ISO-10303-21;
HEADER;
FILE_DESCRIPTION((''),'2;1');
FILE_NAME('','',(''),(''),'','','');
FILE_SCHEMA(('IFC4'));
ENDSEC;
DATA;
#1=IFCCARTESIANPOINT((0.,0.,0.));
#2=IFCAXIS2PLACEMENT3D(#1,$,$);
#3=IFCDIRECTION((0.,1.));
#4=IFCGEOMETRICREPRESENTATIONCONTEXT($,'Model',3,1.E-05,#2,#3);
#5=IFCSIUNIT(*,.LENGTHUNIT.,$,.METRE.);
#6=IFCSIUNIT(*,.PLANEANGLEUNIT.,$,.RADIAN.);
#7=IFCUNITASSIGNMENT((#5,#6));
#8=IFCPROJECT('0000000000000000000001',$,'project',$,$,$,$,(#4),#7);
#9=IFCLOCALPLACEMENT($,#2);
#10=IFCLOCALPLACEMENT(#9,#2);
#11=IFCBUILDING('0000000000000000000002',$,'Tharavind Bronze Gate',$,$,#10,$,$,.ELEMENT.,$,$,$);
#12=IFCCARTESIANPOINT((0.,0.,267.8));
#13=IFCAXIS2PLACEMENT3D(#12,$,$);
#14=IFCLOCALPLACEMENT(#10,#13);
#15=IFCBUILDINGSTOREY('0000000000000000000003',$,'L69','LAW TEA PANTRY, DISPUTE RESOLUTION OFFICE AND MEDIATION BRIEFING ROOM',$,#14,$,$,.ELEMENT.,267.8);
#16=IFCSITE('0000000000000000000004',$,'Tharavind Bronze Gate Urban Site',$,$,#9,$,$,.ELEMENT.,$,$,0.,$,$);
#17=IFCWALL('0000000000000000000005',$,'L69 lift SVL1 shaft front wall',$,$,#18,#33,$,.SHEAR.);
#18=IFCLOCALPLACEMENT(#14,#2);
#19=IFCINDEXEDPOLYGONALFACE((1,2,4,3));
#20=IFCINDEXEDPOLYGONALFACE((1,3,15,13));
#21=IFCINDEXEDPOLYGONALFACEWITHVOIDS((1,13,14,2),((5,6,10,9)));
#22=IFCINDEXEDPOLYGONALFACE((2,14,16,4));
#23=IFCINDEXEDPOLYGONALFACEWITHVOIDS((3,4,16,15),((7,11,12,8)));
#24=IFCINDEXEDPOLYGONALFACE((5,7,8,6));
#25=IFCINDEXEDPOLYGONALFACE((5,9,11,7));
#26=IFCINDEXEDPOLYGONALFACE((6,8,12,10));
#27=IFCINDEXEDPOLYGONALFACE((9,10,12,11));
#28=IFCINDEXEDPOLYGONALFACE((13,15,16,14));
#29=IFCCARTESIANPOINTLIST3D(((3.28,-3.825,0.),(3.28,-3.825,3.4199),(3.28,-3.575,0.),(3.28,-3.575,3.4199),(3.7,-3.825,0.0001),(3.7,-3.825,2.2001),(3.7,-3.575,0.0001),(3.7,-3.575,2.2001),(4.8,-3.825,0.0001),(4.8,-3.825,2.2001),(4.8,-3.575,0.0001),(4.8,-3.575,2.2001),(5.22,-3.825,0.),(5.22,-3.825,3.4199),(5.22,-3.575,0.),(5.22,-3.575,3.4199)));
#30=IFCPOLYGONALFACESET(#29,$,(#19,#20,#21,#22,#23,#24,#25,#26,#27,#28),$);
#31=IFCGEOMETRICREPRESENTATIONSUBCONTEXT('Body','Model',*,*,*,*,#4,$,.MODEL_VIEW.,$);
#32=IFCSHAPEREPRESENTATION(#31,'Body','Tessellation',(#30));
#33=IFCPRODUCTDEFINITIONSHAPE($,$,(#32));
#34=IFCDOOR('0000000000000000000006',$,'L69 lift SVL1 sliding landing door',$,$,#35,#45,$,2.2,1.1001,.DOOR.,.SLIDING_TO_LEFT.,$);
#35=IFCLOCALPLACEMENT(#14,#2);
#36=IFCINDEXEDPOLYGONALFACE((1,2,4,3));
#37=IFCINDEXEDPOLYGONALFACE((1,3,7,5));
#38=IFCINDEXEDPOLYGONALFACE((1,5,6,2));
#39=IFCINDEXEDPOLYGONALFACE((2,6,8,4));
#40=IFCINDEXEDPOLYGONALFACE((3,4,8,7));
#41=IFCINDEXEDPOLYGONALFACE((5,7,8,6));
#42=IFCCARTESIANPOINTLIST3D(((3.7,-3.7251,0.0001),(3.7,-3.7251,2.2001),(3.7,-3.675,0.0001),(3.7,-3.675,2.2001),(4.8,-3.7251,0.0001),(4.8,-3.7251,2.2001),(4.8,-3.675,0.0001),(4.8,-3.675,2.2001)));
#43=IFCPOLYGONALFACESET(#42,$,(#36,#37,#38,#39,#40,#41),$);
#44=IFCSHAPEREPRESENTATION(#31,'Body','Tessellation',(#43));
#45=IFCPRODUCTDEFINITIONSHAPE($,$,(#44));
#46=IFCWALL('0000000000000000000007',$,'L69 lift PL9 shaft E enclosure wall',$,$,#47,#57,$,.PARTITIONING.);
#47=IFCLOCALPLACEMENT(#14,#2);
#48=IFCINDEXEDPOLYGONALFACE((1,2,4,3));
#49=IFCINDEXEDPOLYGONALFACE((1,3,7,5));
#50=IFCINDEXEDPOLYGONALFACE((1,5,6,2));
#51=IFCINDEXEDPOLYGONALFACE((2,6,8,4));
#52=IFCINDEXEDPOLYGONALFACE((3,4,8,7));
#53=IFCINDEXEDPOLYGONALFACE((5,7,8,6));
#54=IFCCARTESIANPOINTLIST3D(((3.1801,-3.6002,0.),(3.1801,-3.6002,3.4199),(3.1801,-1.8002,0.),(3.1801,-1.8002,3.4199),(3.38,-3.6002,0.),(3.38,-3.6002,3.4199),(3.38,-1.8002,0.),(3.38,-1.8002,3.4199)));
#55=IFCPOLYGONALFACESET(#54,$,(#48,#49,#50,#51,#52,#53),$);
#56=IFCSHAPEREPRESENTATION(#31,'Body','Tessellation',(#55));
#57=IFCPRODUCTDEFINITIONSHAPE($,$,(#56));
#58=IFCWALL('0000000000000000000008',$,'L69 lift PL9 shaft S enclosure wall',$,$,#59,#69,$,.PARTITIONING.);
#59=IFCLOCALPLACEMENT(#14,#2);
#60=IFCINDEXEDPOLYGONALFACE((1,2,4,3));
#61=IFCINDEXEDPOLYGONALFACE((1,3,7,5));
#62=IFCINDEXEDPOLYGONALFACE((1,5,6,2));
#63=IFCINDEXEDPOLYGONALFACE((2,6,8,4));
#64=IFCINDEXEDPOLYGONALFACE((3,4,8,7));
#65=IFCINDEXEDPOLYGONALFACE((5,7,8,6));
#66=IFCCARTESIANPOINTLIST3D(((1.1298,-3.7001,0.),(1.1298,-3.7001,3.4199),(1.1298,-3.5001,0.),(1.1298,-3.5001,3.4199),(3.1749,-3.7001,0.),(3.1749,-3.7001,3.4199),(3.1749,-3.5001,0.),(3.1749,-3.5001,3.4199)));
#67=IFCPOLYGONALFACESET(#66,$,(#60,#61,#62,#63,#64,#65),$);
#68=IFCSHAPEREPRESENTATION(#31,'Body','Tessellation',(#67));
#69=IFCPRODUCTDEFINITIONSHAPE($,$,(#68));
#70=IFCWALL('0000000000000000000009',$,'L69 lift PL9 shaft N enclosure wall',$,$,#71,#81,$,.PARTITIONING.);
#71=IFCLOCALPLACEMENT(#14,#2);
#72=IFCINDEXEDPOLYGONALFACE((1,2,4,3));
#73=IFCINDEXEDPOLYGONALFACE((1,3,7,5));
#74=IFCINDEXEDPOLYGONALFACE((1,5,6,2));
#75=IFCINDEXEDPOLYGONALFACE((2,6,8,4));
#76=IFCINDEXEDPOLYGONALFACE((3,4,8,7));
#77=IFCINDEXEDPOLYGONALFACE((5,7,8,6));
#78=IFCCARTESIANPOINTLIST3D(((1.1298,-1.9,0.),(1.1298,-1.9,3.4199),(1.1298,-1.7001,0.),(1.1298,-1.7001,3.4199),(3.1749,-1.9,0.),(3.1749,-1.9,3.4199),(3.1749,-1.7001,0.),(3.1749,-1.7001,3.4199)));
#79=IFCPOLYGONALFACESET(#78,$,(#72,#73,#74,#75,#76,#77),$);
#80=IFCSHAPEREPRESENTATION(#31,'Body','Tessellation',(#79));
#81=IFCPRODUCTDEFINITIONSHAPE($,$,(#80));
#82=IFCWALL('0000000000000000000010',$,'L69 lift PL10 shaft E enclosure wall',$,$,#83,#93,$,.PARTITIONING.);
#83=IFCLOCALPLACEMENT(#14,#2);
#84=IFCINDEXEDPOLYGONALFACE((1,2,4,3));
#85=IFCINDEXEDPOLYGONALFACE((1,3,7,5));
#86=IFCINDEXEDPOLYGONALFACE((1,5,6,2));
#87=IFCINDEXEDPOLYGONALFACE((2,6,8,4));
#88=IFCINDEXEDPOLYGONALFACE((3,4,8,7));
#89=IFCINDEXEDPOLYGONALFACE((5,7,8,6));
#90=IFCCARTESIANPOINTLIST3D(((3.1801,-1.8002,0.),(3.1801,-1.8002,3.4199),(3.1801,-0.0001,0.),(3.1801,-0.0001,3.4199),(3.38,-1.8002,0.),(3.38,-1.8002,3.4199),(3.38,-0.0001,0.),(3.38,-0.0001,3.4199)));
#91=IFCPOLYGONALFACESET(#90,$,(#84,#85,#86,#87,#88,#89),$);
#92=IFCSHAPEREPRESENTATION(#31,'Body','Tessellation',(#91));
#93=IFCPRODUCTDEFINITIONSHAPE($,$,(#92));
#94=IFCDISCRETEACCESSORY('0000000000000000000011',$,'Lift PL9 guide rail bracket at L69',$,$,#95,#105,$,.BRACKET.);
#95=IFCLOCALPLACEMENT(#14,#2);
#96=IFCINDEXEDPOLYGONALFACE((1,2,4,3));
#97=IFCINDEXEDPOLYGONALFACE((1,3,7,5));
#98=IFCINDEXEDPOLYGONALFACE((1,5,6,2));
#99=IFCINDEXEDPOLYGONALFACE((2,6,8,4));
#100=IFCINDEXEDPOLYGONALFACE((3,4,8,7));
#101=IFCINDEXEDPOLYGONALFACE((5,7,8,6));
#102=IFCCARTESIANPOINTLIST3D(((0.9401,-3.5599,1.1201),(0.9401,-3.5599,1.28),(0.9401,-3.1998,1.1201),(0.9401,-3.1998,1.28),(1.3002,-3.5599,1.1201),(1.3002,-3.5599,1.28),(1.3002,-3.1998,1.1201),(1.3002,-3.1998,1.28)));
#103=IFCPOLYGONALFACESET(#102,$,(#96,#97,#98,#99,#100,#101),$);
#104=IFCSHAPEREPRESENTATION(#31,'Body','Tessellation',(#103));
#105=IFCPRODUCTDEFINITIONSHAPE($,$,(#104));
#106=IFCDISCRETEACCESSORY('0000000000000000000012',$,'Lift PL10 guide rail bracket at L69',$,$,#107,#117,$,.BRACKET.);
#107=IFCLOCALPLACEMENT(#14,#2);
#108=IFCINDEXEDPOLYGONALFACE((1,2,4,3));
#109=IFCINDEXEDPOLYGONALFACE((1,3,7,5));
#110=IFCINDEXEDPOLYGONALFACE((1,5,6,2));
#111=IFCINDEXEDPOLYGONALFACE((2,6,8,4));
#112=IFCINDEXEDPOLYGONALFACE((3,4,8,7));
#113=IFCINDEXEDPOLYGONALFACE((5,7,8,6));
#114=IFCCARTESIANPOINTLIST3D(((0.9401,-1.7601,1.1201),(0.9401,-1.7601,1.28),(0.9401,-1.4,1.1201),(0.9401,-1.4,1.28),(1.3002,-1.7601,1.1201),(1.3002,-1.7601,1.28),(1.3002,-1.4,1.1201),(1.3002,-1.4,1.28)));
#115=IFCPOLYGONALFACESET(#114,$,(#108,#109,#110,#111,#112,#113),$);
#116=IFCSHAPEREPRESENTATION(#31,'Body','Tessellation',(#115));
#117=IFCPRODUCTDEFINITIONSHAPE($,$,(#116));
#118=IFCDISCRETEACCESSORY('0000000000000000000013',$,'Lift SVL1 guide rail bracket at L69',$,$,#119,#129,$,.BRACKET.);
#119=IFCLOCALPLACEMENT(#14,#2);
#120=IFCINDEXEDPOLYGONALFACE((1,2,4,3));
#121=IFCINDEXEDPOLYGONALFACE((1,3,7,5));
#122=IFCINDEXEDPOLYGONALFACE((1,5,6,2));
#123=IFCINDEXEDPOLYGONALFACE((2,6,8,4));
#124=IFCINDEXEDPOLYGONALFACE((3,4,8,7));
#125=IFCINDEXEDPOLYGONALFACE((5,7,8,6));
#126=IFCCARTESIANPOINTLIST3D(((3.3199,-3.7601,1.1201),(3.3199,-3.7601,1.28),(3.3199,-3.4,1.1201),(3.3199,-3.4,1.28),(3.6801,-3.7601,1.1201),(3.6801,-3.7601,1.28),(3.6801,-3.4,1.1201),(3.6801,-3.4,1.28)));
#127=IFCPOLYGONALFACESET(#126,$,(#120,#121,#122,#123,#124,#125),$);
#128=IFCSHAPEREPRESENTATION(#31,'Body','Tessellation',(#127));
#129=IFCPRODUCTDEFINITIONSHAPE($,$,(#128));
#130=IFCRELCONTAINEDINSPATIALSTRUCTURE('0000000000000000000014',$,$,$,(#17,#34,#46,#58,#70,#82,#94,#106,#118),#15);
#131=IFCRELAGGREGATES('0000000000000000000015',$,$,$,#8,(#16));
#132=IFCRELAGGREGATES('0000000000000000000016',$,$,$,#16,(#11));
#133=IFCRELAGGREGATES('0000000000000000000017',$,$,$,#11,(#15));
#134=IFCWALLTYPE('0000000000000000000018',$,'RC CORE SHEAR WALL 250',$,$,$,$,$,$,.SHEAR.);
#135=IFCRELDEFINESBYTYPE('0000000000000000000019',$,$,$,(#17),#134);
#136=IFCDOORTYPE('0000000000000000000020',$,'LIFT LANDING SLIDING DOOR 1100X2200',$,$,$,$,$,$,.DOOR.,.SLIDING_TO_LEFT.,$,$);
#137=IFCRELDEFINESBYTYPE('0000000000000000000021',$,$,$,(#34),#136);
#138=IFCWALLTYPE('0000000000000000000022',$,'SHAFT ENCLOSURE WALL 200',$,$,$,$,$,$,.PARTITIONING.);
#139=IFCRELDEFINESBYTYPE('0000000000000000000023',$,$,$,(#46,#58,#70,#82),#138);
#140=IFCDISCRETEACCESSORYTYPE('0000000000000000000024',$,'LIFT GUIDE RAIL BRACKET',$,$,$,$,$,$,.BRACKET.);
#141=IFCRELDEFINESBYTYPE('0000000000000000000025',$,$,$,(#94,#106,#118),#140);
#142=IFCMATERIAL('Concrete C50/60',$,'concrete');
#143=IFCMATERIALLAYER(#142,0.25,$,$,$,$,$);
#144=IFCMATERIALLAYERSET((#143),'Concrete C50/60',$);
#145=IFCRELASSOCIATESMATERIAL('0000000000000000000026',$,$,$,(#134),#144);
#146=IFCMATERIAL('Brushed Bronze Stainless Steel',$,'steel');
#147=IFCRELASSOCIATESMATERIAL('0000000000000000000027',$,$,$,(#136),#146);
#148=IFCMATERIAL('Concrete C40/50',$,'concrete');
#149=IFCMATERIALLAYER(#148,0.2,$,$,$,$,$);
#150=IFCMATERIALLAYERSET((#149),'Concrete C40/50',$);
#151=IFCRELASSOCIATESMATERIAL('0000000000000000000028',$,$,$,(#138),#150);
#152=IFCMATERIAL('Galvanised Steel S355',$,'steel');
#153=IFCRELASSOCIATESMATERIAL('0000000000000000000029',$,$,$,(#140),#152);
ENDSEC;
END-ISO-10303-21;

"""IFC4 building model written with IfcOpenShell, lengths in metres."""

from ifc_helpers import new_model, si_unit, direction, frame, frame_2d, origin, origin_2d, place, context, subcontext, project, spatial, rectangle, extrude, material, layer, layer_set, type_object, element, fill, save


model = new_model("IFC4")

# Units and contexts
model_context = context("Model", 3, precision=1e-05, world=origin(), true_north=direction((0.0, 1.0)))
body_context = subcontext(model_context, "Body", "Model", "MODEL_VIEW")
ifc_project = project(units=[si_unit("LENGTHUNIT", "METRE"), si_unit("PLANEANGLEUNIT", "RADIAN")], contexts=[model_context])

# Site, building, storey
site_placement = place(None, origin())
site = spatial("IfcSite", under=ifc_project, at=site_placement, Name="Tharavind Bronze Gate Urban Site", CompositionType="ELEMENT", RefElevation=0.0)
building_placement = place(site_placement, origin())
building = spatial("IfcBuilding", under=site, at=building_placement, Name="Tharavind Bronze Gate", CompositionType="ELEMENT")
storey_placement = place(building_placement, frame((0.0, 0.0, 267.8)))
storey = spatial("IfcBuildingStorey", under=building, at=storey_placement, Name="L69", Description="LAW TEA PANTRY, DISPUTE RESOLUTION OFFICE AND MEDIATION BRIEFING ROOM", CompositionType="ELEMENT", Elevation=267.8)

# Shared definitions
ifc_material_1 = material(Name="Concrete C50/60", Category="concrete")
ifc_layer_1 = layer(ifc_material_1, 0.25)
ifc_layer_set_1 = layer_set([ifc_layer_1], Name="Concrete C50/60")
wall_type_1 = type_object("IfcWallType", Name="RC CORE SHEAR WALL 250", PredefinedType="SHEAR", material=ifc_layer_set_1)

# Wall, opening, door
ifc_material_2 = material(Name="Brushed Bronze Stainless Steel", Category="steel")
door_type = type_object("IfcDoorType", Name="LIFT LANDING SLIDING DOOR 1100X2200", OperationType="SLIDING_TO_LEFT", PredefinedType="DOOR", material=ifc_material_2)
wall_1_placement = place(storey_placement, frame((3.28, -3.7, 0.0), z_axis=(0.0, 0.0, 1.0), x_axis=(1.0, 0.0, 0.0)))
wall_1 = element("IfcWall", 1, at=wall_1_placement, inside=storey, type_object=wall_type_1, Name="L69 lift SVL1 shaft front wall", PredefinedType="SHEAR", context=body_context, shape_type="SweptSolid", body=[
    extrude(rectangle(XDim=1.9399, YDim=0.25, at=frame_2d((0.97, 0.0))), origin(), (0.0, 0.0, 1.0), 3.4199),
])
opening_1_placement = place(wall_1_placement, frame((0.4199, 0.0, 0.0)))
opening_1 = element("IfcOpeningElement", 2, at=opening_1_placement, cuts=wall_1, PredefinedType="OPENING", context=body_context, shape_type="SweptSolid", body=[
    extrude(rectangle(XDim=1.1001, YDim=2.2, at=frame_2d((0.55, 1.1001))), frame((0.0, 0.135, 0.0), z_axis=(0.0, -1.0, 0.0), x_axis=(1.0, 0.0, 0.0)), (0.0, 0.0, 1.0), 0.27),
])
door_1_placement = place(opening_1_placement, origin())
door_1 = element("IfcDoor", 3, at=door_1_placement, inside=storey, type_object=door_type, Name="L69 lift SVL1 sliding landing door", OperationType="SLIDING_TO_LEFT", OverallHeight=2.2, OverallWidth=1.1001, PredefinedType="DOOR", context=body_context, shape_type="SweptSolid", body=[
    extrude(rectangle(XDim=1.1001, YDim=2.2, at=frame_2d((0.55, 1.1001))), frame((0.0, 0.0249, 0.0), z_axis=(0.0, -1.0, 0.0), x_axis=(1.0, 0.0, 0.0)), (0.0, 0.0, 1.0), 0.05),
])
fill(opening_1, door_1)

# Walls
ifc_material_3 = material(Name="Concrete C40/50", Category="concrete")
ifc_layer_2 = layer(ifc_material_3, 0.2)
ifc_layer_set_2 = layer_set([ifc_layer_2], Name="Concrete C40/50")
wall_type_2 = type_object("IfcWallType", Name="SHAFT ENCLOSURE WALL 200", PredefinedType="PARTITIONING", material=ifc_layer_set_2)
wall_2_placement = place(storey_placement, frame((3.28, -3.6001, 0.0), z_axis=(0.0, 0.0, 1.0), x_axis=(0.0, 1.0, 0.0)))
element("IfcWall", 4, at=wall_2_placement, inside=storey, type_object=wall_type_2, Name="L69 lift PL9 shaft E enclosure wall", PredefinedType="PARTITIONING", context=body_context, shape_type="SweptSolid", body=[
    extrude(rectangle(XDim=1.8, YDim=0.2, at=frame_2d((0.8999, 0.0))), origin(), (0.0, 0.0, 1.0), 3.4199),
])
for number, where, z_axis, x_axis, name in (
    (5, (1.1299, -3.6001, 0.0), (0.0, 0.0, 1.0), (1.0, 0.0, 0.0), "L69 lift PL9 shaft S enclosure wall"),
    (6, (1.1299, -1.8, 0.0), (0.0, 0.0, 1.0), (1.0, 0.0, 0.0), "L69 lift PL9 shaft N enclosure wall"),
):
    element("IfcWall", number, at=place(storey_placement, frame(where, z_axis=z_axis, x_axis=x_axis)), inside=storey, type_object=wall_type_2, Name=name, PredefinedType="PARTITIONING", context=body_context, shape_type="SweptSolid", body=[
        extrude(rectangle(XDim=2.0452, YDim=0.2, at=frame_2d((1.0225, 0.0))), origin(), (0.0, 0.0, 1.0), 3.4199),
    ])
wall_3_placement = place(storey_placement, frame((3.28, -1.8, 0.0), z_axis=(0.0, 0.0, 1.0), x_axis=(0.0, 1.0, 0.0)))
element("IfcWall", 7, at=wall_3_placement, inside=storey, type_object=wall_type_2, Name="L69 lift PL10 shaft E enclosure wall", PredefinedType="PARTITIONING", context=body_context, shape_type="SweptSolid", body=[
    extrude(rectangle(XDim=1.8, YDim=0.2, at=frame_2d((0.8999, 0.0))), origin(), (0.0, 0.0, 1.0), 3.4199),
])

# Discrete accessories
ifc_material_4 = material(Name="Galvanised Steel S355", Category="steel")
discrete_accessory_type = type_object("IfcDiscreteAccessoryType", Name="LIFT GUIDE RAIL BRACKET", PredefinedType="BRACKET", material=ifc_material_4)
for number, where, z_axis, x_axis, name in (
    (8, (1.1201, -3.3799, 1.1201), (0.0, 0.0, 1.0), (1.0, 0.0, 0.0), "Lift PL9 guide rail bracket at L69"),
    (9, (1.1201, -1.5801, 1.1201), (0.0, 0.0, 1.0), (1.0, 0.0, 0.0), "Lift PL10 guide rail bracket at L69"),
    (10, (3.5, -3.5801, 1.1201), (0.0, 0.0, 1.0), (1.0, 0.0, 0.0), "Lift SVL1 guide rail bracket at L69"),
):
    element("IfcDiscreteAccessory", number, at=place(storey_placement, frame(where, z_axis=z_axis, x_axis=x_axis)), inside=storey, type_object=discrete_accessory_type, Name=name, PredefinedType="BRACKET", context=body_context, shape_type="SweptSolid", body=[
        extrude(rectangle(XDim=0.3601, YDim=0.3601, at=origin_2d()), origin(), (0.0, 0.0, 1.0), 0.1599),
    ])

save(model, "model.ifc")
